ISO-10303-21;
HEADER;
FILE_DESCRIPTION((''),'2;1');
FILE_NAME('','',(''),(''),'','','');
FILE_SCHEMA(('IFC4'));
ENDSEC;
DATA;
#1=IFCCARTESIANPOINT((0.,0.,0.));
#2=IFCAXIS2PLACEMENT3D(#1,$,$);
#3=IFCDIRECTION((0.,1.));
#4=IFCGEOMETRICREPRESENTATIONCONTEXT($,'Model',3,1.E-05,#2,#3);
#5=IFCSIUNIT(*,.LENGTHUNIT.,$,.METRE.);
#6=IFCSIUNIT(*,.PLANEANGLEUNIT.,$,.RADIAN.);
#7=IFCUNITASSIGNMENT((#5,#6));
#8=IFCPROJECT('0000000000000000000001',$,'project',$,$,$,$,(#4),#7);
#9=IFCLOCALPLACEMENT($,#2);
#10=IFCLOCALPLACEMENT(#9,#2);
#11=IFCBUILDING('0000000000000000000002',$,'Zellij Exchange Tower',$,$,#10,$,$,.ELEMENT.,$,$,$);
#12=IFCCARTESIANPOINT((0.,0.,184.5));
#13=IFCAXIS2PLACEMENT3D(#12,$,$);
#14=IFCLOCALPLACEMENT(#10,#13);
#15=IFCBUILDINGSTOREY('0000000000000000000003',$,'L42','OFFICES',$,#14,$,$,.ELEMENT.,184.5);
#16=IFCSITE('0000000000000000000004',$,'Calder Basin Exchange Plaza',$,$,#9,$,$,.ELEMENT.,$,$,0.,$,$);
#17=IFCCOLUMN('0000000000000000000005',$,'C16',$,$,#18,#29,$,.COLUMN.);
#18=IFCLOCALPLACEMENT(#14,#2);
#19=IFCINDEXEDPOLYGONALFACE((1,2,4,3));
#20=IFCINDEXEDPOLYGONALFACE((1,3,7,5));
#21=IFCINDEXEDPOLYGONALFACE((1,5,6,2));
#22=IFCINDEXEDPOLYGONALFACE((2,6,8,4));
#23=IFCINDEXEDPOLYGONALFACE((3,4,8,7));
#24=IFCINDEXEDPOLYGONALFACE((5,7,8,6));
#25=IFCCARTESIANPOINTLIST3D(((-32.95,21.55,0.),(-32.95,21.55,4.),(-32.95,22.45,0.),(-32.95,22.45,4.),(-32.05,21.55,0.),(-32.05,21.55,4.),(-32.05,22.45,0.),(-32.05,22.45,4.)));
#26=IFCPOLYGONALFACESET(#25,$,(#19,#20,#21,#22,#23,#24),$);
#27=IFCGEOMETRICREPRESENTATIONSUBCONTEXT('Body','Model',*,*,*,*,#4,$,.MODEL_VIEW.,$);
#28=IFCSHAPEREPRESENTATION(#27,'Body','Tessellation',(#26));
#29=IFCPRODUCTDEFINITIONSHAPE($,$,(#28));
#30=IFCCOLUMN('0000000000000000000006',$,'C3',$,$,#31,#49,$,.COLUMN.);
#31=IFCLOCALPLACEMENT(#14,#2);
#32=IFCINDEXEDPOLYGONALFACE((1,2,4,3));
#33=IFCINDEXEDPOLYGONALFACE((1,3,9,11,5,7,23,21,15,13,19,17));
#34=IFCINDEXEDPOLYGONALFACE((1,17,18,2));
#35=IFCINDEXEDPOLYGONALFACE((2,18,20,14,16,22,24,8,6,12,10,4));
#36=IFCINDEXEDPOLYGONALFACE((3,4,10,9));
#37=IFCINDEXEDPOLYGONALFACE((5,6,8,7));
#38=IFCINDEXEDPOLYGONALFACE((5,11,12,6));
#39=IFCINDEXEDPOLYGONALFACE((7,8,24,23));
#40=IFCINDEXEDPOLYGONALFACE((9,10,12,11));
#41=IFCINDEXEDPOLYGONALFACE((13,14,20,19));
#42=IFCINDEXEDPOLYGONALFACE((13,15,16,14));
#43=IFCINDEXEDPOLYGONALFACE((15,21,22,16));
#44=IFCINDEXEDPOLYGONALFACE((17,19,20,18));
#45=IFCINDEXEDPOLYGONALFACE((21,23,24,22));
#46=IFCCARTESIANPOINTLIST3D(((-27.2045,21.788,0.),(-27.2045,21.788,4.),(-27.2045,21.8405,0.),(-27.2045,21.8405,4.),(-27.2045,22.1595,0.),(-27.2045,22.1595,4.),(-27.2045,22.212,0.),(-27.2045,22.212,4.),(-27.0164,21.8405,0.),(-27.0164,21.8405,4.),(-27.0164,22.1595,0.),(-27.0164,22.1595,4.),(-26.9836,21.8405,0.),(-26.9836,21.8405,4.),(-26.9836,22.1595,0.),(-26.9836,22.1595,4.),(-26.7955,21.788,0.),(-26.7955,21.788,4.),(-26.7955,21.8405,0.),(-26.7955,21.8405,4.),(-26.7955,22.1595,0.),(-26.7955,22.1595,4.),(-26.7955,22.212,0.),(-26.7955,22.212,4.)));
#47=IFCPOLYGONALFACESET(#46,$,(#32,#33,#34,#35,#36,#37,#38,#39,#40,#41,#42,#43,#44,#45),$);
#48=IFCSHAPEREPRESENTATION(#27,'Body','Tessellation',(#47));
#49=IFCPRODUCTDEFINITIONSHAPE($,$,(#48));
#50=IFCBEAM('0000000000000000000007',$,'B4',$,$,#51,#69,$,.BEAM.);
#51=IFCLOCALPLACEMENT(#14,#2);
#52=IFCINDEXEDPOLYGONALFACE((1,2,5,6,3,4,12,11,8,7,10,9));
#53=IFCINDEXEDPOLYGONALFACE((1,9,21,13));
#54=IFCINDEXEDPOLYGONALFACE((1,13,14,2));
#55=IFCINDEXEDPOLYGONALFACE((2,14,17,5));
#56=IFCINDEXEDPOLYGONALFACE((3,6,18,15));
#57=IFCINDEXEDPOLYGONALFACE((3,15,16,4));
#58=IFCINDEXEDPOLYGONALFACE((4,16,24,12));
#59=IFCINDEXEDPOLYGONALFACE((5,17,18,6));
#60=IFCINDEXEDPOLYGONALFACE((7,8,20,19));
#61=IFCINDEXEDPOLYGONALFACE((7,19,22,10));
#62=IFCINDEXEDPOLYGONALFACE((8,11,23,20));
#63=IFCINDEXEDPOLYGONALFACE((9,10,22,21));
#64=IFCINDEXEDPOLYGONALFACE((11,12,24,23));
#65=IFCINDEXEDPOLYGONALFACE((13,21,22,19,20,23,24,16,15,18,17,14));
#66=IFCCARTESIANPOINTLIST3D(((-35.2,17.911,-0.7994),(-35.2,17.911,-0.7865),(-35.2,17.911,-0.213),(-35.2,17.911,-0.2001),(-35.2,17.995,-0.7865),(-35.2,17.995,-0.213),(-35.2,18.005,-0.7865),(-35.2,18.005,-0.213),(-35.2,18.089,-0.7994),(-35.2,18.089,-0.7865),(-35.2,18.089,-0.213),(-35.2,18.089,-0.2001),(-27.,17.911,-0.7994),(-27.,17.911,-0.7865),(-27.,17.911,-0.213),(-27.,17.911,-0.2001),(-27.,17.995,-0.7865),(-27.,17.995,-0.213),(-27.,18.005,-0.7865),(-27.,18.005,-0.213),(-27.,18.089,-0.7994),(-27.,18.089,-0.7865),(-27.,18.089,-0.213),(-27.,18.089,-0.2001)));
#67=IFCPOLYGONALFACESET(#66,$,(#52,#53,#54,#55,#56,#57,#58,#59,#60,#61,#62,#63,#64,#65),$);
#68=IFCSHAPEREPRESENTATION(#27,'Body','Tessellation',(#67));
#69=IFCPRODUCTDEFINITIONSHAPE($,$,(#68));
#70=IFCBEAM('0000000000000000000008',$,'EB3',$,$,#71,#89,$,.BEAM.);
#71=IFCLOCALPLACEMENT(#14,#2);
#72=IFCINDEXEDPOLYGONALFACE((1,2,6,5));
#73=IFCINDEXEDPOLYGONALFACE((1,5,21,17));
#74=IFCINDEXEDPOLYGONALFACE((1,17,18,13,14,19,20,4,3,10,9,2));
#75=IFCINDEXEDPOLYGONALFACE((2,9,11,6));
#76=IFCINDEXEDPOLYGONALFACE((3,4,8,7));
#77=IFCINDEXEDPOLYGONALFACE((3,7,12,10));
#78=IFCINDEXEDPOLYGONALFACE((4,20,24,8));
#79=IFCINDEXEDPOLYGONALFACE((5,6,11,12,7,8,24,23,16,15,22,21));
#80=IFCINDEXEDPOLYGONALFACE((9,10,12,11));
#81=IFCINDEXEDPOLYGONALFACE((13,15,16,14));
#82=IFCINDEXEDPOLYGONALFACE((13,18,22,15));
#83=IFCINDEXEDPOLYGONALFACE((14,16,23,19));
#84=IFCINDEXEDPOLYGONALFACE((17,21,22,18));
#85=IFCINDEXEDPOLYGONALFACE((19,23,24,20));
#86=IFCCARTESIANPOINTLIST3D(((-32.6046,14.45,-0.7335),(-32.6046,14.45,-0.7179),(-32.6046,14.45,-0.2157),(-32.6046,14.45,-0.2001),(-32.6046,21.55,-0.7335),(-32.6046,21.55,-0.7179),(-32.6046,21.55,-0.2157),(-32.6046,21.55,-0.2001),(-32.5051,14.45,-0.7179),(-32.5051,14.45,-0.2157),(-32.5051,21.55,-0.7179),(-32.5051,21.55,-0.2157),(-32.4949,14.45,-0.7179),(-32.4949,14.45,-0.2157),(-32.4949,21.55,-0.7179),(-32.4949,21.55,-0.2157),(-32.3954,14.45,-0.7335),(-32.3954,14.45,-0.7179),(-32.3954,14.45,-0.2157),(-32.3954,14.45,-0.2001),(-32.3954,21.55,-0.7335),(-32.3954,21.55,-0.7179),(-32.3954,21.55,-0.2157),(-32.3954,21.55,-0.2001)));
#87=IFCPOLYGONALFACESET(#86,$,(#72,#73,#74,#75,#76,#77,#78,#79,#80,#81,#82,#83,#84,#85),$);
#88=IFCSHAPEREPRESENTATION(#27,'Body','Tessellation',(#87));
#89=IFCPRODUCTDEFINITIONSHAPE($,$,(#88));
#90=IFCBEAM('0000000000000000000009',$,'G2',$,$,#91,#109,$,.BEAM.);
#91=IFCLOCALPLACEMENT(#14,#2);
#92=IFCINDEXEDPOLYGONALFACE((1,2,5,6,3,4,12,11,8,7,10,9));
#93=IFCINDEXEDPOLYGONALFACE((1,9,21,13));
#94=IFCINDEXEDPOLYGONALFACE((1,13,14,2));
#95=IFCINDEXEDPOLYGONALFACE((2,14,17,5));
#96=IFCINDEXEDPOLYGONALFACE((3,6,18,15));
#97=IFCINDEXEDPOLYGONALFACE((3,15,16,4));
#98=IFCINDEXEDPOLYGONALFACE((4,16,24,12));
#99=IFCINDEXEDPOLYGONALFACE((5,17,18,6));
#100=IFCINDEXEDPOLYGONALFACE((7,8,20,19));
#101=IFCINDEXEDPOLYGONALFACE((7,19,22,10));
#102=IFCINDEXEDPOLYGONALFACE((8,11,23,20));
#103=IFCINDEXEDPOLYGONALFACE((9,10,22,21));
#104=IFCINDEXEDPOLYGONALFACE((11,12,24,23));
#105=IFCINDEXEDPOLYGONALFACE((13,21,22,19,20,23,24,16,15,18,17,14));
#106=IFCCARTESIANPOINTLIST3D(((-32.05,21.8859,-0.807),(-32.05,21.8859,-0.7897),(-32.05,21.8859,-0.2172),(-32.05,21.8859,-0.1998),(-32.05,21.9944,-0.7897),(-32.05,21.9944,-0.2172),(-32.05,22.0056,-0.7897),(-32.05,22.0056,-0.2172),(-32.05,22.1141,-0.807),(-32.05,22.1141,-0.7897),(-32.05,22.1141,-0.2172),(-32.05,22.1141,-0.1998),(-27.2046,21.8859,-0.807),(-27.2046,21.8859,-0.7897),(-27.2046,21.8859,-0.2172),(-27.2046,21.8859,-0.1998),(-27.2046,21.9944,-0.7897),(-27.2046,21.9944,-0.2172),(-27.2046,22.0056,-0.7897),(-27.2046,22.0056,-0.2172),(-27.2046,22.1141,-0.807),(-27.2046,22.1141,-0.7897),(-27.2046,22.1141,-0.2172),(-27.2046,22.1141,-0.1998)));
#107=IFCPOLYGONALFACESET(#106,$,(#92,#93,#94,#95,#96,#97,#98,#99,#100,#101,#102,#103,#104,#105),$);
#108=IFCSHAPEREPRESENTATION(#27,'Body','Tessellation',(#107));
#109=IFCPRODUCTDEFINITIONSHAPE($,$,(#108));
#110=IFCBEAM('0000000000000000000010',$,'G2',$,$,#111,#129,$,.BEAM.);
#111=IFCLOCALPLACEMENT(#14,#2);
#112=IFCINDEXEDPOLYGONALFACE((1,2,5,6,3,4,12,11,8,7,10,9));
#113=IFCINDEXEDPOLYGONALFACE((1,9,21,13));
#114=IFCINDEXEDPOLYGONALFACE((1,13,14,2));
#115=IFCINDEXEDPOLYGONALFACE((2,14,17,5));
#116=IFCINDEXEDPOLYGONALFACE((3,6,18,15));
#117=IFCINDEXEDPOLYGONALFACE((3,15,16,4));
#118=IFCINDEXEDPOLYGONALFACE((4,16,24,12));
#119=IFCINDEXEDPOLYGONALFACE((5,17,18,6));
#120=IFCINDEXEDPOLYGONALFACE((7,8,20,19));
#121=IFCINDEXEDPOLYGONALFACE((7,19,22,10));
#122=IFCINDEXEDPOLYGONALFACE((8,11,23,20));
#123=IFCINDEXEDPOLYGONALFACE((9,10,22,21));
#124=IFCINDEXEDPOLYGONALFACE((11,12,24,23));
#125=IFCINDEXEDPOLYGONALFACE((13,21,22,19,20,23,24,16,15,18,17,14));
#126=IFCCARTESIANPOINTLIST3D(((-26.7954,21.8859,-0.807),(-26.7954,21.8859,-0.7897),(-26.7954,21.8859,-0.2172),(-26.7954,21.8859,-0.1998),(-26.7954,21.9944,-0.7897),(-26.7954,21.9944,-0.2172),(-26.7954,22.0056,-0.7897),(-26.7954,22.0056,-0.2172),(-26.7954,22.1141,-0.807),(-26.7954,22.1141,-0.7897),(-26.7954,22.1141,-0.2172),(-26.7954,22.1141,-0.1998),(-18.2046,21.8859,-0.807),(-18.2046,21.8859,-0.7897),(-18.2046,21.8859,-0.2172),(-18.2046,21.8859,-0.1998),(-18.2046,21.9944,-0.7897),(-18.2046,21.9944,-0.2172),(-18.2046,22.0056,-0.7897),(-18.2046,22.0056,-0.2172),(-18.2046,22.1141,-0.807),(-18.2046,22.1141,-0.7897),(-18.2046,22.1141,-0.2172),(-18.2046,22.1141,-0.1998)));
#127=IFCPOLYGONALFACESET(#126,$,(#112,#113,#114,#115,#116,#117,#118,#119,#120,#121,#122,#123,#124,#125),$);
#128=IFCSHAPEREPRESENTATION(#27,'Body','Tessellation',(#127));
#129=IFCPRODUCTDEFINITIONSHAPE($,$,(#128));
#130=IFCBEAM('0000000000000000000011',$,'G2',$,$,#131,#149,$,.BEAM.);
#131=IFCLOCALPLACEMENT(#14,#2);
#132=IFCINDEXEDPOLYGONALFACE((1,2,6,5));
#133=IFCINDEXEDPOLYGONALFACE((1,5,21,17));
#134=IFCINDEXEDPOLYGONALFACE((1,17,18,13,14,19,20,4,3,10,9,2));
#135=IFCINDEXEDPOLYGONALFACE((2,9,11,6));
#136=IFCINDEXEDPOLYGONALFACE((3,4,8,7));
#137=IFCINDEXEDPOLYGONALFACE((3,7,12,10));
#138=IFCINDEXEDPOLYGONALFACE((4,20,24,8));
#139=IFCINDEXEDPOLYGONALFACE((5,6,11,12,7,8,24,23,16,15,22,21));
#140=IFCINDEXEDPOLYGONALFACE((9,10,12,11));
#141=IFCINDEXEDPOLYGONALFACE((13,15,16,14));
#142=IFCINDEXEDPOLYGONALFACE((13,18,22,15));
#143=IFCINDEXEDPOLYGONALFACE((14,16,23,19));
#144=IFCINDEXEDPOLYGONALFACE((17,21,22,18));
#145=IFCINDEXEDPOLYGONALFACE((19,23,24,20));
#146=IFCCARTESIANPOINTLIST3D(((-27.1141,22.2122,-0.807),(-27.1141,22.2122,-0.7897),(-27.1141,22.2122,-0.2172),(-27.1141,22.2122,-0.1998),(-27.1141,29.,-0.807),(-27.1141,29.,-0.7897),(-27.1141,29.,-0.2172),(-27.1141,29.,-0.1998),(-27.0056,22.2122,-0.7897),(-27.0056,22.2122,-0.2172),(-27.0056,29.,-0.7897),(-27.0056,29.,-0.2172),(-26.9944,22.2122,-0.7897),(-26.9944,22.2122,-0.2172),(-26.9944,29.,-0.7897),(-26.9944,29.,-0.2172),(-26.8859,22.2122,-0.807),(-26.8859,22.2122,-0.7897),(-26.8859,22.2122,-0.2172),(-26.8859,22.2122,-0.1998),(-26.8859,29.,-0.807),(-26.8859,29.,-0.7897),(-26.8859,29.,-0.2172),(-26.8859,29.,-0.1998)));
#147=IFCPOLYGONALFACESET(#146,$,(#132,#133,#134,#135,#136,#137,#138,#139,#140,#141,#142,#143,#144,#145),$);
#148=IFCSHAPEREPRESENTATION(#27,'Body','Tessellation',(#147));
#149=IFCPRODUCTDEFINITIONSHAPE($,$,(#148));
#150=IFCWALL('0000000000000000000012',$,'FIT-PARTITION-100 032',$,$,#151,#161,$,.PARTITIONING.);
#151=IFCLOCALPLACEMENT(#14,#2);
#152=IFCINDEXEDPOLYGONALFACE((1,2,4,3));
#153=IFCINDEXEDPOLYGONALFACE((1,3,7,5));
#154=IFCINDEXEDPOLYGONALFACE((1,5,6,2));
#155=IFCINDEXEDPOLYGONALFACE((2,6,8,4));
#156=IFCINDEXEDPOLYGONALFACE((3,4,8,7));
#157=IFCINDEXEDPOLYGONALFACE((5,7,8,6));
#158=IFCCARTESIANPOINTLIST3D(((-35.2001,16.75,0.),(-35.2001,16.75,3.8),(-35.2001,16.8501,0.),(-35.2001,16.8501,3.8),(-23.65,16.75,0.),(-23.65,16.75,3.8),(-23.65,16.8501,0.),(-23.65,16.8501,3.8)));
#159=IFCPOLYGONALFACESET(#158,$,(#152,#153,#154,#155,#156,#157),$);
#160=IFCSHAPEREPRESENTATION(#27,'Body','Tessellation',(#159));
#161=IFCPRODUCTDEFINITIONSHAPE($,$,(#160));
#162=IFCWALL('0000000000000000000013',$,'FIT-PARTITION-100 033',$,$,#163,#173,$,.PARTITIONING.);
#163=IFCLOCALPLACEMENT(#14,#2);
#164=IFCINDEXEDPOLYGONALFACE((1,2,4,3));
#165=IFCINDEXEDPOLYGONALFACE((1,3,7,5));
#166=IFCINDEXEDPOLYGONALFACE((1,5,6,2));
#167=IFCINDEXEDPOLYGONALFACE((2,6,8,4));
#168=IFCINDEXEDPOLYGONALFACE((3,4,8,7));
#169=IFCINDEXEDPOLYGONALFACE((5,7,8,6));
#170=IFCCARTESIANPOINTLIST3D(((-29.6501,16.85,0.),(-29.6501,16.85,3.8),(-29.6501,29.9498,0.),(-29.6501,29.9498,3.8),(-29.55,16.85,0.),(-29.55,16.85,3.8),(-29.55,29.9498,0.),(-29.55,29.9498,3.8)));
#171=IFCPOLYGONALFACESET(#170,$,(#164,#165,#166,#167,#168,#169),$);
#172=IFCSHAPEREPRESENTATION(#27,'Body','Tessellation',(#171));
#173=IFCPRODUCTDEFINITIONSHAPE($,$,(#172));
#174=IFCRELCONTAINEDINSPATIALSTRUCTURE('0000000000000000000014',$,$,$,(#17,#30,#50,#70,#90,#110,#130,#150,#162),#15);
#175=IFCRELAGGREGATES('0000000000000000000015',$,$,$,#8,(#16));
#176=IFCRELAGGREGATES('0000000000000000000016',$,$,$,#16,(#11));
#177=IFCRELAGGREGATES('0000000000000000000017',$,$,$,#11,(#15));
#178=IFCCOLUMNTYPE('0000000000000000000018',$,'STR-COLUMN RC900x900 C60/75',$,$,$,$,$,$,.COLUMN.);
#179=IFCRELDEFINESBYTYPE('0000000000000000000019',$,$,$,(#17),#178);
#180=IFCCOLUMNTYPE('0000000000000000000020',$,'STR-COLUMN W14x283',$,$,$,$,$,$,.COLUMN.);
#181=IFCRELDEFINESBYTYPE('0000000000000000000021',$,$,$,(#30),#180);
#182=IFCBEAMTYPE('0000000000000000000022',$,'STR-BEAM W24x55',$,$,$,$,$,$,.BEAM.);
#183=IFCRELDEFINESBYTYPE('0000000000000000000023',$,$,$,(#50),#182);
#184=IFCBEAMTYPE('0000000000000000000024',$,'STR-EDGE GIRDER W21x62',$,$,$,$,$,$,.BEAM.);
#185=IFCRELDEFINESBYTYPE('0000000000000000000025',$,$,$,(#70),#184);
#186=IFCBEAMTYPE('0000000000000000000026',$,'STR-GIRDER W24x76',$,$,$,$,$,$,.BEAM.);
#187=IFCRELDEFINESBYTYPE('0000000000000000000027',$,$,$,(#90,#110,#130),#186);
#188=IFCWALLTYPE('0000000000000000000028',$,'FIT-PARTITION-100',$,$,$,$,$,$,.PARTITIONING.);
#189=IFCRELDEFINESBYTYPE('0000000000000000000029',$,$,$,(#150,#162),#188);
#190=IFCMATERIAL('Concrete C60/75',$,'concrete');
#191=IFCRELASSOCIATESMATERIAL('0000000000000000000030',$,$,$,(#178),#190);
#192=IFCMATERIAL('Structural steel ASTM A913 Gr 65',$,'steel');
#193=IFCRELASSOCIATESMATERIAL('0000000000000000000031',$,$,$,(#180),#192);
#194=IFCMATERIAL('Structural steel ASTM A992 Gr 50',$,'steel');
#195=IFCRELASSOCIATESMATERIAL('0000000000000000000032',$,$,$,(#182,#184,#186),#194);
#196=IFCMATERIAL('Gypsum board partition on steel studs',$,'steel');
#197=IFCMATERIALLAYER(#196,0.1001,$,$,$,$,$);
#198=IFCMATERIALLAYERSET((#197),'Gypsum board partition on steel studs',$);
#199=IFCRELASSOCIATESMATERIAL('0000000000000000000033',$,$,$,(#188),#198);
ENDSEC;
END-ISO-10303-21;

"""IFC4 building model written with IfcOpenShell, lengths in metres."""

from ifc_helpers import new_model, si_unit, direction, frame, frame_2d, origin, origin_2d, place, context, subcontext, project, spatial, rectangle, i_section, extrude, material, layer, layer_set, material_profile, profile_set, type_object, element, save


model = new_model("IFC4")

# Units and contexts
model_context = context("Model", 3, precision=1e-05, world=origin(), true_north=direction((0.0, 1.0)))
body_context = subcontext(model_context, "Body", "Model", "MODEL_VIEW")
ifc_project = project(units=[si_unit("LENGTHUNIT", "METRE"), si_unit("PLANEANGLEUNIT", "RADIAN")], contexts=[model_context])

# Site, building, storey
site_placement = place(None, origin())
site = spatial("IfcSite", under=ifc_project, at=site_placement, Name="Calder Basin Exchange Plaza", CompositionType="ELEMENT", RefElevation=0.0)
building_placement = place(site_placement, origin())
building = spatial("IfcBuilding", under=site, at=building_placement, Name="Zellij Exchange Tower", CompositionType="ELEMENT")
storey_placement = place(building_placement, frame((0.0, 0.0, 184.5)))
storey = spatial("IfcBuildingStorey", under=building, at=storey_placement, Name="L42", Description="OFFICES", CompositionType="ELEMENT", Elevation=184.5)

# Columns
ifc_material_1 = material(Name="Concrete C60/75", Category="concrete")
ifc_material_profile_1 = material_profile(ifc_material_1, rectangle(XDim=0.8999, YDim=0.8999, at=origin_2d()), Name="STR-COLUMN RC900x900 C60/75")
ifc_profile_set_1 = profile_set([ifc_material_profile_1], Name="Concrete C60/75")
column_type_1 = type_object("IfcColumnType", Name="STR-COLUMN RC900x900 C60/75", PredefinedType="COLUMN", material=ifc_profile_set_1)
column_1_placement = place(storey_placement, frame((-32.5, 22.0, 0.0), z_axis=(0.0, 0.0, 1.0), x_axis=(1.0, 0.0, 0.0)))
element("IfcColumn", 1, at=column_1_placement, inside=storey, type_object=column_type_1, Name="C16", PredefinedType="COLUMN", context=body_context, shape_type="SweptSolid", body=[
    extrude(rectangle(XDim=0.8999, YDim=0.8999, at=origin_2d()), origin(), (0.0, 0.0, 1.0), 4.0),
])
ifc_material_2 = material(Name="Structural steel ASTM A913 Gr 65", Category="steel")
ifc_material_profile_2 = material_profile(ifc_material_2, i_section(OverallWidth=0.4089, OverallDepth=0.4241, WebThickness=0.0327, FlangeThickness=0.0525, at=origin_2d()), Name="W14x283")
ifc_profile_set_2 = profile_set([ifc_material_profile_2], Name="Structural steel ASTM A913 Gr 65")
column_type_2 = type_object("IfcColumnType", Name="STR-COLUMN W14x283", PredefinedType="COLUMN", material=ifc_profile_set_2)
column_2_placement = place(storey_placement, frame((-27.0, 22.0, 0.0), z_axis=(0.0, 0.0, 1.0), x_axis=(1.0, 0.0, 0.0)))
element("IfcColumn", 2, at=column_2_placement, inside=storey, type_object=column_type_2, Name="C3", PredefinedType="COLUMN", context=body_context, shape_type="SweptSolid", body=[
    extrude(i_section(OverallWidth=0.4089, OverallDepth=0.4241, WebThickness=0.0327, FlangeThickness=0.0525, at=origin_2d()), origin(), (0.0, 0.0, 1.0), 4.0),
])

# Beams
ifc_material_3 = material(Name="Structural steel ASTM A992 Gr 50", Category="steel")
ifc_material_profile_3 = material_profile(ifc_material_3, i_section(OverallWidth=0.178, OverallDepth=0.5994, WebThickness=0.01, FlangeThickness=0.0129, at=origin_2d()), Name="W24x55")
ifc_profile_set_3 = profile_set([ifc_material_profile_3], Name="Structural steel ASTM A992 Gr 50")
beam_type_1 = type_object("IfcBeamType", Name="STR-BEAM W24x55", PredefinedType="BEAM", material=ifc_profile_set_3)
beam_1_placement = place(storey_placement, frame((-35.2, 18.0, -0.4998), z_axis=(1.0, 0.0, 0.0), x_axis=(0.0, 1.0, 0.0)))
element("IfcBeam", 3, at=beam_1_placement, inside=storey, type_object=beam_type_1, Name="B4", PredefinedType="BEAM", context=body_context, shape_type="SweptSolid", body=[
    extrude(i_section(OverallWidth=0.178, OverallDepth=0.5994, WebThickness=0.01, FlangeThickness=0.0129, at=origin_2d()), origin(), (0.0, 0.0, 1.0), 8.2),
])
ifc_material_profile_4 = material_profile(ifc_material_3, i_section(OverallWidth=0.2092, OverallDepth=0.5334, WebThickness=0.0103, FlangeThickness=0.0156, at=origin_2d()), Name="W21x62")
ifc_profile_set_4 = profile_set([ifc_material_profile_4], Name="Structural steel ASTM A992 Gr 50")
beam_type_2 = type_object("IfcBeamType", Name="STR-EDGE GIRDER W21x62", PredefinedType="BEAM", material=ifc_profile_set_4)
beam_2_placement = place(storey_placement, frame((-32.5, 14.45, -0.4668), z_axis=(0.0, 1.0, 0.0), x_axis=(-1.0, 0.0, 0.0)))
element("IfcBeam", 4, at=beam_2_placement, inside=storey, type_object=beam_type_2, Name="EB3", PredefinedType="BEAM", context=body_context, shape_type="SweptSolid", body=[
    extrude(i_section(OverallWidth=0.2092, OverallDepth=0.5334, WebThickness=0.0103, FlangeThickness=0.0156, at=origin_2d()), origin(), (0.0, 0.0, 1.0), 7.1001),
])
ifc_material_profile_5 = material_profile(ifc_material_3, i_section(OverallWidth=0.2283, OverallDepth=0.6072, WebThickness=0.0112, FlangeThickness=0.0173, at=origin_2d()), Name="W24x76")
ifc_profile_set_5 = profile_set([ifc_material_profile_5], Name="Structural steel ASTM A992 Gr 50")
beam_type_3 = type_object("IfcBeamType", Name="STR-GIRDER W24x76", PredefinedType="BEAM", material=ifc_profile_set_5)
beam_3_placement = place(storey_placement, frame((-32.05, 22.0, -0.5034), z_axis=(1.0, 0.0, 0.0), x_axis=(0.0, 1.0, 0.0)))
element("IfcBeam", 5, at=beam_3_placement, inside=storey, type_object=beam_type_3, Name="G2", PredefinedType="BEAM", context=body_context, shape_type="SweptSolid", body=[
    extrude(i_section(OverallWidth=0.2283, OverallDepth=0.6072, WebThickness=0.0112, FlangeThickness=0.0173, at=origin_2d()), origin(), (0.0, 0.0, 1.0), 4.8455),
])
beam_4_placement = place(storey_placement, frame((-26.7954, 22.0, -0.5034), z_axis=(1.0, 0.0, 0.0), x_axis=(0.0, 1.0, 0.0)))
element("IfcBeam", 6, at=beam_4_placement, inside=storey, type_object=beam_type_3, Name="G2", PredefinedType="BEAM", context=body_context, shape_type="SweptSolid", body=[
    extrude(i_section(OverallWidth=0.2283, OverallDepth=0.6072, WebThickness=0.0112, FlangeThickness=0.0173, at=origin_2d()), origin(), (0.0, 0.0, 1.0), 8.5908),
])
beam_5_placement = place(storey_placement, frame((-27.0, 22.2122, -0.5034), z_axis=(0.0, 1.0, 0.0), x_axis=(-1.0, 0.0, 0.0)))
element("IfcBeam", 7, at=beam_5_placement, inside=storey, type_object=beam_type_3, Name="G2", PredefinedType="BEAM", context=body_context, shape_type="SweptSolid", body=[
    extrude(i_section(OverallWidth=0.2283, OverallDepth=0.6072, WebThickness=0.0112, FlangeThickness=0.0173, at=origin_2d()), origin(), (0.0, 0.0, 1.0), 6.7878),
])

# Walls
ifc_material_4 = material(Name="Gypsum board partition on steel studs", Category="steel")
ifc_layer = layer(ifc_material_4, 0.1001)
ifc_layer_set = layer_set([ifc_layer], Name="Gypsum board partition on steel studs")
wall_type = type_object("IfcWallType", Name="FIT-PARTITION-100", PredefinedType="PARTITIONING", material=ifc_layer_set)
wall_1_placement = place(storey_placement, frame((-35.2, 16.8, 0.0), z_axis=(0.0, 0.0, 1.0), x_axis=(1.0, 0.0, 0.0)))
element("IfcWall", 8, at=wall_1_placement, inside=storey, type_object=wall_type, Name="FIT-PARTITION-100 032", PredefinedType="PARTITIONING", context=body_context, shape_type="SweptSolid", body=[
    extrude(rectangle(XDim=11.55, YDim=0.1001, at=frame_2d((5.7749, 0.0))), origin(), (0.0, 0.0, 1.0), 3.8),
])
wall_2_placement = place(storey_placement, frame((-29.6001, 16.8501, 0.0), z_axis=(0.0, 0.0, 1.0), x_axis=(0.0, 1.0, 0.0)))
element("IfcWall", 9, at=wall_2_placement, inside=storey, type_object=wall_type, Name="FIT-PARTITION-100 033", PredefinedType="PARTITIONING", context=body_context, shape_type="SweptSolid", body=[
    extrude(rectangle(XDim=13.0999, YDim=0.1001, at=frame_2d((6.5498, 0.0))), origin(), (0.0, 0.0, 1.0), 3.8),
])

save(model, "model.ifc")
